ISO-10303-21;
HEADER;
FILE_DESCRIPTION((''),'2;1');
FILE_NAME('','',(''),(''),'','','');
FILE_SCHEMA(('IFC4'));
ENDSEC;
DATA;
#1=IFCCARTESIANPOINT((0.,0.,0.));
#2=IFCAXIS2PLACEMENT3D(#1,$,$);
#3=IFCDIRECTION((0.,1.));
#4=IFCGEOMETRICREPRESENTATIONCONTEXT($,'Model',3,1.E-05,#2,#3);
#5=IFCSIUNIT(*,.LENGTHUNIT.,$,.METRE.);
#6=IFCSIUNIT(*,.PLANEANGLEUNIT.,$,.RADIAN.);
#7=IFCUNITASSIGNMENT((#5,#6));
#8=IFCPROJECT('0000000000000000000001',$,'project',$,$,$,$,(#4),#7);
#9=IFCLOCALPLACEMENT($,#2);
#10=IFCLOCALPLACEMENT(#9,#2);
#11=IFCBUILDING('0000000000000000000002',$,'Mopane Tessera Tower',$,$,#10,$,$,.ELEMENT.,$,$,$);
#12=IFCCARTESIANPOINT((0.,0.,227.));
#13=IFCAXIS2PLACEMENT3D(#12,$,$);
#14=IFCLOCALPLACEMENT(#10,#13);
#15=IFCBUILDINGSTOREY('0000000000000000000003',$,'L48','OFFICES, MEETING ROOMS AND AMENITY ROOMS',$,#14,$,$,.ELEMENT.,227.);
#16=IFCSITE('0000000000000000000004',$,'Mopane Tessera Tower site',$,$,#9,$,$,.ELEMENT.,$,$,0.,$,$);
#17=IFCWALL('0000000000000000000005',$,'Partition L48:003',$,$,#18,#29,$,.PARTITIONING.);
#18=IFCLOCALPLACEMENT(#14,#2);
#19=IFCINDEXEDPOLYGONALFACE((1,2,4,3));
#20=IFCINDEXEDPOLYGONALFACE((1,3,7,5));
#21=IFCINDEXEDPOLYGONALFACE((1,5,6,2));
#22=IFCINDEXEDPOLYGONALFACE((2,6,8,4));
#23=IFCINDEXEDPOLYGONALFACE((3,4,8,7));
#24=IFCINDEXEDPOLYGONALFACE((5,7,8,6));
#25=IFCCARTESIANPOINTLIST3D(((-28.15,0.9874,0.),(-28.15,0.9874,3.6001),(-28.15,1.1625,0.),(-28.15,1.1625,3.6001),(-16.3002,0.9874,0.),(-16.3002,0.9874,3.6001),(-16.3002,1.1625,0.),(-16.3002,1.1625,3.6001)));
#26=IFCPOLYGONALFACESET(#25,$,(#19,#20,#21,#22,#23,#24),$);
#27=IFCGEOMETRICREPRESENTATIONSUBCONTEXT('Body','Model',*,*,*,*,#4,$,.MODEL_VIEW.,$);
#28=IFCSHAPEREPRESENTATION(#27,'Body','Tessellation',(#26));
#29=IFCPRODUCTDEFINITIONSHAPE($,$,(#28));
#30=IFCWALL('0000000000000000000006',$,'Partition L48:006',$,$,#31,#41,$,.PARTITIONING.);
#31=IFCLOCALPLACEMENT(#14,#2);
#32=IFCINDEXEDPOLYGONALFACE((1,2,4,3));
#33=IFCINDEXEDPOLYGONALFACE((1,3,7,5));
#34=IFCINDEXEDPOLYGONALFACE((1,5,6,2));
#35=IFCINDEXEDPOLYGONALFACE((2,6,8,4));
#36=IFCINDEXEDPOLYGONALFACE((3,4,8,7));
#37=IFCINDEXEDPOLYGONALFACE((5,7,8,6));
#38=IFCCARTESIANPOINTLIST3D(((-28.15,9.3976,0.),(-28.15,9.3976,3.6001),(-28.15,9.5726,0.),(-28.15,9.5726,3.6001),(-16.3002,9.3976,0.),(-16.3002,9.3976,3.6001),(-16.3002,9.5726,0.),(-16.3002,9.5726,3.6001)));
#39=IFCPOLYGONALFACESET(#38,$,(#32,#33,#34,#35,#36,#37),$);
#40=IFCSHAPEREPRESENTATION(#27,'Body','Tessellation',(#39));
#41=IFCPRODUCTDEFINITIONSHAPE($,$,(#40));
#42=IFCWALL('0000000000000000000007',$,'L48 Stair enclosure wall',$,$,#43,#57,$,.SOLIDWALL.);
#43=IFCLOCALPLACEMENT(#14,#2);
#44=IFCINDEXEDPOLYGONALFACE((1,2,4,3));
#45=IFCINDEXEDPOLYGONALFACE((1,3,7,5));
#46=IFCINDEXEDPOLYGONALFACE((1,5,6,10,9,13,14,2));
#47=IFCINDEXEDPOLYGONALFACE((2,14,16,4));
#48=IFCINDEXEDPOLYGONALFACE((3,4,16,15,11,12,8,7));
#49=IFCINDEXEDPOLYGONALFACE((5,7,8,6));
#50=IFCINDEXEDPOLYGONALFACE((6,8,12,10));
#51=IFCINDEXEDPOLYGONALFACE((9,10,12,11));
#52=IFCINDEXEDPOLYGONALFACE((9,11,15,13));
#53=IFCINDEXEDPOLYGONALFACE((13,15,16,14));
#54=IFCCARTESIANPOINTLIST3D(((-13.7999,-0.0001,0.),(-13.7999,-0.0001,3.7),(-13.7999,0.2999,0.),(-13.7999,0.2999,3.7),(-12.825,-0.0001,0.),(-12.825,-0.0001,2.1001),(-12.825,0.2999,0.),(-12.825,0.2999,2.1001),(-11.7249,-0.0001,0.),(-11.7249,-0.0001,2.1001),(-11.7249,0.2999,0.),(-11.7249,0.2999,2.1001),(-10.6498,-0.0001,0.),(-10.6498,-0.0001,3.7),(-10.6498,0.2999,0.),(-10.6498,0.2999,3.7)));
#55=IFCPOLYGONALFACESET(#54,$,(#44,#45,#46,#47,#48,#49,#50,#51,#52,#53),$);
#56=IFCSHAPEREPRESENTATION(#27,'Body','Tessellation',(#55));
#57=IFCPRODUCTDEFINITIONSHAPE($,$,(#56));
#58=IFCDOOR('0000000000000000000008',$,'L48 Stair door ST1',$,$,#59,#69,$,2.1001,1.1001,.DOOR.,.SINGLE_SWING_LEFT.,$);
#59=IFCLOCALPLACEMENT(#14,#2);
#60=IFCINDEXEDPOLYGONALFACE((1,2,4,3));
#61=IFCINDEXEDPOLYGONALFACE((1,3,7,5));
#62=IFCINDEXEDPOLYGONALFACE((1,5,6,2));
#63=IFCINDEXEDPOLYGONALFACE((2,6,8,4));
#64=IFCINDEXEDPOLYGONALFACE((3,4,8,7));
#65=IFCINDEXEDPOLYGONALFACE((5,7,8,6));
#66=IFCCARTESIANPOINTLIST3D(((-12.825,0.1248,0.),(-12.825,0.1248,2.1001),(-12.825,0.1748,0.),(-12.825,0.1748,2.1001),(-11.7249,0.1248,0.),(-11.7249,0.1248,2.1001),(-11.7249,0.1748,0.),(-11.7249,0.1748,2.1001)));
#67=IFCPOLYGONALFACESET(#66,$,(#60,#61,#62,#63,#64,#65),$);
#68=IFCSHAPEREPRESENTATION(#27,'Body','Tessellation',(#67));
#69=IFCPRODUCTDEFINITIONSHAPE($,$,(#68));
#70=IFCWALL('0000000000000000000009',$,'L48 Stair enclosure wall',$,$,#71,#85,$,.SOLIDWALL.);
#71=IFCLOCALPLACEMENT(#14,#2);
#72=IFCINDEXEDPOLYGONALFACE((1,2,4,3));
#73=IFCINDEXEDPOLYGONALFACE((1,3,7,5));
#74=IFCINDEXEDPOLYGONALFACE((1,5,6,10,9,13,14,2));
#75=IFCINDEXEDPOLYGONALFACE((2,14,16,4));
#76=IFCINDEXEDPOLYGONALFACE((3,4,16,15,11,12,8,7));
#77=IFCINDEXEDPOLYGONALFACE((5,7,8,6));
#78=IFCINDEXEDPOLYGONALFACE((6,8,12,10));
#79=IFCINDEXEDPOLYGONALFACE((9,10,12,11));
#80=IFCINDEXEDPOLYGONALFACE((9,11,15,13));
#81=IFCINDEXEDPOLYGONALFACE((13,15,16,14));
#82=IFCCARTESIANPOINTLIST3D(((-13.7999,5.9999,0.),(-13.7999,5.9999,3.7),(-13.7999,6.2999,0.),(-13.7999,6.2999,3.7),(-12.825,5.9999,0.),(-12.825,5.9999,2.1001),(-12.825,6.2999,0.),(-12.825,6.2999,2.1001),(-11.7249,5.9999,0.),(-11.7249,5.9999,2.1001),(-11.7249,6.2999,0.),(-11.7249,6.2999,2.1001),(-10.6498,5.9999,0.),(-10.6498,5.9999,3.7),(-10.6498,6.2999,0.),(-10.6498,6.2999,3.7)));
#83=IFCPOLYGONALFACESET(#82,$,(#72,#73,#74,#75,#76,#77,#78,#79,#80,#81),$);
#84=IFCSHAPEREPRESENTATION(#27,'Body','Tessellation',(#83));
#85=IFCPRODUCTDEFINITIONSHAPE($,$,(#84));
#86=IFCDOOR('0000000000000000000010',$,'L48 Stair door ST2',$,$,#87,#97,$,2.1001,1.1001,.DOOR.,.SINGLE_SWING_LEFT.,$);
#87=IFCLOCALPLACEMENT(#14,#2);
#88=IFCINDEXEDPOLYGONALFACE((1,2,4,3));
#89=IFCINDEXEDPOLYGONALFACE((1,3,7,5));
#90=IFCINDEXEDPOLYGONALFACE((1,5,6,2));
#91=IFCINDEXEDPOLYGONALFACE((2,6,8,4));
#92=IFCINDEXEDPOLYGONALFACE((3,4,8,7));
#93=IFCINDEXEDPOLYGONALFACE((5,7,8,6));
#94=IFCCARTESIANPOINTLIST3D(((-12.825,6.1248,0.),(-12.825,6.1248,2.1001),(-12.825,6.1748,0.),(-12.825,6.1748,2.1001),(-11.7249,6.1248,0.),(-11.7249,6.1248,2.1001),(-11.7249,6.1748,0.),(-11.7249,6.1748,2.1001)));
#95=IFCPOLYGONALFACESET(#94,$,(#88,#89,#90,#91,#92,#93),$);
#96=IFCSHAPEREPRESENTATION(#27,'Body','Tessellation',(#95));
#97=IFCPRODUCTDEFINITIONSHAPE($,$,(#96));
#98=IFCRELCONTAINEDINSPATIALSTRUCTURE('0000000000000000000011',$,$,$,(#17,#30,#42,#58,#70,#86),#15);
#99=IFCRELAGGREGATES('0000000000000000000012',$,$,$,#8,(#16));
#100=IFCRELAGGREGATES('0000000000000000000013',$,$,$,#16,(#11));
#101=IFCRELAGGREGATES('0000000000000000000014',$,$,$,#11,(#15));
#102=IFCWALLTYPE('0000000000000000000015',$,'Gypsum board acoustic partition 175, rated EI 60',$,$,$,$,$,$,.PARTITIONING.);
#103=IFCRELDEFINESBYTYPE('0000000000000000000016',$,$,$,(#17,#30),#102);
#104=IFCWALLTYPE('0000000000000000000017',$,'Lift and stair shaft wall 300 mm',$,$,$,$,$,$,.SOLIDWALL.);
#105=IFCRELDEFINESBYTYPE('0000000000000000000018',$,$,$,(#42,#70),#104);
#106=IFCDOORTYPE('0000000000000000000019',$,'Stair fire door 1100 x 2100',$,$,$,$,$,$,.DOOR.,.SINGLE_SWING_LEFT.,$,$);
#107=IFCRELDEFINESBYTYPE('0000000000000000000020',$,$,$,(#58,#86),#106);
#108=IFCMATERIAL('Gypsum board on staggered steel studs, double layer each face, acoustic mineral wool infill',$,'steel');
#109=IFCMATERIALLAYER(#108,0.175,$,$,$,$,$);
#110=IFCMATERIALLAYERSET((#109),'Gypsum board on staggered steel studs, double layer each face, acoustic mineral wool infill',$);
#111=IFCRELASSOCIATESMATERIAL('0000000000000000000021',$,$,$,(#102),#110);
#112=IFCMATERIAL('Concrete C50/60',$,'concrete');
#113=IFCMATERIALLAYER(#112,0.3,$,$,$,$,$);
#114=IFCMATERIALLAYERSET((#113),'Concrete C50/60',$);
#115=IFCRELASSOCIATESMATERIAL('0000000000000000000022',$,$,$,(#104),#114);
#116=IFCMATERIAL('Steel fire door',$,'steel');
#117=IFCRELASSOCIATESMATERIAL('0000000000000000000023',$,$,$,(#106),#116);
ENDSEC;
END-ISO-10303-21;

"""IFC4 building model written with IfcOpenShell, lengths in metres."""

from ifc_helpers import new_model, si_unit, direction, frame, frame_2d, origin, place, context, subcontext, project, spatial, rectangle, extrude, material, layer, layer_set, type_object, element, fill, save


model = new_model("IFC4")

# Units and contexts
model_context = context("Model", 3, precision=1e-05, world=origin(), true_north=direction((0.0, 1.0)))
body_context = subcontext(model_context, "Body", "Model", "MODEL_VIEW")
ifc_project = project(units=[si_unit("LENGTHUNIT", "METRE"), si_unit("PLANEANGLEUNIT", "RADIAN")], contexts=[model_context])

# Site, building, storey
site_placement = place(None, origin())
site = spatial("IfcSite", under=ifc_project, at=site_placement, Name="Mopane Tessera Tower site", CompositionType="ELEMENT", RefElevation=0.0)
building_placement = place(site_placement, origin())
building = spatial("IfcBuilding", under=site, at=building_placement, Name="Mopane Tessera Tower", CompositionType="ELEMENT")
storey_placement = place(building_placement, frame((0.0, 0.0, 227.0)))
storey = spatial("IfcBuildingStorey", under=building, at=storey_placement, Name="L48", Description="OFFICES, MEETING ROOMS AND AMENITY ROOMS", CompositionType="ELEMENT", Elevation=227.0)

# Walls
ifc_material_1 = material(Name="Gypsum board on staggered steel studs, double layer each face, acoustic mineral wool infill", Category="steel")
ifc_layer_1 = layer(ifc_material_1, 0.175)
ifc_layer_set_1 = layer_set([ifc_layer_1], Name="Gypsum board on staggered steel studs, double layer each face, acoustic mineral wool infill")
wall_type_1 = type_object("IfcWallType", Name="Gypsum board acoustic partition 175, rated EI 60", PredefinedType="PARTITIONING", material=ifc_layer_set_1)
for number, where, z_axis, x_axis, name in (
    (1, (-28.1499, 1.075, 0.0), (0.0, 0.0, 1.0), (1.0, 0.0, 0.0), "Partition L48:003"),
    (2, (-28.1499, 9.4851, 0.0), (0.0, 0.0, 1.0), (1.0, 0.0, 0.0), "Partition L48:006"),
):
    element("IfcWall", number, at=place(storey_placement, frame(where, z_axis=z_axis, x_axis=x_axis)), inside=storey, type_object=wall_type_1, Name=name, PredefinedType="PARTITIONING", context=body_context, shape_type="SweptSolid", body=[
        extrude(rectangle(XDim=11.8499, YDim=0.175, at=frame_2d((5.9248, 0.0))), origin(), (0.0, 0.0, 1.0), 3.6001),
    ])

# Walls, openings, doors
ifc_material_2 = material(Name="Concrete C50/60", Category="concrete")
ifc_layer_2 = layer(ifc_material_2, 0.3)
ifc_layer_set_2 = layer_set([ifc_layer_2], Name="Concrete C50/60")
wall_type_2 = type_object("IfcWallType", Name="Lift and stair shaft wall 300 mm", PredefinedType="SOLIDWALL", material=ifc_layer_set_2)
wall_1_placement = place(storey_placement, frame((-13.8, 0.1499, 0.0), z_axis=(0.0, 0.0, 1.0), x_axis=(1.0, 0.0, 0.0)))
wall_1 = element("IfcWall", 3, at=wall_1_placement, inside=storey, type_object=wall_type_2, Name="L48 Stair enclosure wall", PredefinedType="SOLIDWALL", context=body_context, shape_type="SweptSolid", body=[
    extrude(rectangle(XDim=3.1501, YDim=0.3, at=frame_2d((1.5752, 0.0))), origin(), (0.0, 0.0, 1.0), 3.7),
])
opening_1_placement = place(wall_1_placement, frame((0.9751, 0.0, 0.0)))
opening_1 = element("IfcOpeningElement", 4, at=opening_1_placement, cuts=wall_1, PredefinedType="OPENING", context=body_context, shape_type="SweptSolid", body=[
    extrude(rectangle(XDim=1.1001, YDim=2.1001, at=frame_2d((0.55, 1.05))), frame((0.0, 0.1621, 0.0), z_axis=(0.0, -1.0, 0.0), x_axis=(1.0, 0.0, 0.0)), (0.0, 0.0, 1.0), 0.324),
])
ifc_material_3 = material(Name="Steel fire door", Category="steel")
door_type_1 = type_object("IfcDoorType", Name="Stair fire door 1100 x 2100", OperationType="SINGLE_SWING_LEFT", PredefinedType="DOOR", material=ifc_material_3)
door_1_placement = place(opening_1_placement, origin())
door_1 = element("IfcDoor", 5, at=door_1_placement, inside=storey, type_object=door_type_1, Name="L48 Stair door ST1", OperationType="SINGLE_SWING_LEFT", OverallHeight=2.1001, OverallWidth=1.1001, PredefinedType="DOOR", context=body_context, shape_type="SweptSolid", body=[
    extrude(rectangle(XDim=1.1001, YDim=2.1001, at=frame_2d((0.55, 1.05))), frame((0.0, 0.0249, 0.0), z_axis=(0.0, -1.0, 0.0), x_axis=(1.0, 0.0, 0.0)), (0.0, 0.0, 1.0), 0.05),
])
fill(opening_1, door_1)
wall_2_placement = place(storey_placement, frame((-13.8, 6.1499, 0.0), z_axis=(0.0, 0.0, 1.0), x_axis=(1.0, 0.0, 0.0)))
wall_2 = element("IfcWall", 6, at=wall_2_placement, inside=storey, type_object=wall_type_2, Name="L48 Stair enclosure wall", PredefinedType="SOLIDWALL", context=body_context, shape_type="SweptSolid", body=[
    extrude(rectangle(XDim=3.1501, YDim=0.3, at=frame_2d((1.5752, 0.0))), origin(), (0.0, 0.0, 1.0), 3.7),
])
opening_2_placement = place(wall_2_placement, frame((0.9751, 0.0, 0.0)))
opening_2 = element("IfcOpeningElement", 7, at=opening_2_placement, cuts=wall_2, PredefinedType="OPENING", context=body_context, shape_type="SweptSolid", body=[
    extrude(rectangle(XDim=1.1001, YDim=2.1001, at=frame_2d((0.55, 1.05))), frame((0.0, 0.1621, 0.0), z_axis=(0.0, -1.0, 0.0), x_axis=(1.0, 0.0, 0.0)), (0.0, 0.0, 1.0), 0.324),
])
door_2_placement = place(opening_2_placement, origin())
door_2 = element("IfcDoor", 8, at=door_2_placement, inside=storey, type_object=door_type_1, Name="L48 Stair door ST2", OperationType="SINGLE_SWING_LEFT", OverallHeight=2.1001, OverallWidth=1.1001, PredefinedType="DOOR", context=body_context, shape_type="SweptSolid", body=[
    extrude(rectangle(XDim=1.1001, YDim=2.1001, at=frame_2d((0.55, 1.05))), frame((0.0, 0.0249, 0.0), z_axis=(0.0, -1.0, 0.0), x_axis=(1.0, 0.0, 0.0)), (0.0, 0.0, 1.0), 0.05),
])
fill(opening_2, door_2)

save(model, "model.ifc")
